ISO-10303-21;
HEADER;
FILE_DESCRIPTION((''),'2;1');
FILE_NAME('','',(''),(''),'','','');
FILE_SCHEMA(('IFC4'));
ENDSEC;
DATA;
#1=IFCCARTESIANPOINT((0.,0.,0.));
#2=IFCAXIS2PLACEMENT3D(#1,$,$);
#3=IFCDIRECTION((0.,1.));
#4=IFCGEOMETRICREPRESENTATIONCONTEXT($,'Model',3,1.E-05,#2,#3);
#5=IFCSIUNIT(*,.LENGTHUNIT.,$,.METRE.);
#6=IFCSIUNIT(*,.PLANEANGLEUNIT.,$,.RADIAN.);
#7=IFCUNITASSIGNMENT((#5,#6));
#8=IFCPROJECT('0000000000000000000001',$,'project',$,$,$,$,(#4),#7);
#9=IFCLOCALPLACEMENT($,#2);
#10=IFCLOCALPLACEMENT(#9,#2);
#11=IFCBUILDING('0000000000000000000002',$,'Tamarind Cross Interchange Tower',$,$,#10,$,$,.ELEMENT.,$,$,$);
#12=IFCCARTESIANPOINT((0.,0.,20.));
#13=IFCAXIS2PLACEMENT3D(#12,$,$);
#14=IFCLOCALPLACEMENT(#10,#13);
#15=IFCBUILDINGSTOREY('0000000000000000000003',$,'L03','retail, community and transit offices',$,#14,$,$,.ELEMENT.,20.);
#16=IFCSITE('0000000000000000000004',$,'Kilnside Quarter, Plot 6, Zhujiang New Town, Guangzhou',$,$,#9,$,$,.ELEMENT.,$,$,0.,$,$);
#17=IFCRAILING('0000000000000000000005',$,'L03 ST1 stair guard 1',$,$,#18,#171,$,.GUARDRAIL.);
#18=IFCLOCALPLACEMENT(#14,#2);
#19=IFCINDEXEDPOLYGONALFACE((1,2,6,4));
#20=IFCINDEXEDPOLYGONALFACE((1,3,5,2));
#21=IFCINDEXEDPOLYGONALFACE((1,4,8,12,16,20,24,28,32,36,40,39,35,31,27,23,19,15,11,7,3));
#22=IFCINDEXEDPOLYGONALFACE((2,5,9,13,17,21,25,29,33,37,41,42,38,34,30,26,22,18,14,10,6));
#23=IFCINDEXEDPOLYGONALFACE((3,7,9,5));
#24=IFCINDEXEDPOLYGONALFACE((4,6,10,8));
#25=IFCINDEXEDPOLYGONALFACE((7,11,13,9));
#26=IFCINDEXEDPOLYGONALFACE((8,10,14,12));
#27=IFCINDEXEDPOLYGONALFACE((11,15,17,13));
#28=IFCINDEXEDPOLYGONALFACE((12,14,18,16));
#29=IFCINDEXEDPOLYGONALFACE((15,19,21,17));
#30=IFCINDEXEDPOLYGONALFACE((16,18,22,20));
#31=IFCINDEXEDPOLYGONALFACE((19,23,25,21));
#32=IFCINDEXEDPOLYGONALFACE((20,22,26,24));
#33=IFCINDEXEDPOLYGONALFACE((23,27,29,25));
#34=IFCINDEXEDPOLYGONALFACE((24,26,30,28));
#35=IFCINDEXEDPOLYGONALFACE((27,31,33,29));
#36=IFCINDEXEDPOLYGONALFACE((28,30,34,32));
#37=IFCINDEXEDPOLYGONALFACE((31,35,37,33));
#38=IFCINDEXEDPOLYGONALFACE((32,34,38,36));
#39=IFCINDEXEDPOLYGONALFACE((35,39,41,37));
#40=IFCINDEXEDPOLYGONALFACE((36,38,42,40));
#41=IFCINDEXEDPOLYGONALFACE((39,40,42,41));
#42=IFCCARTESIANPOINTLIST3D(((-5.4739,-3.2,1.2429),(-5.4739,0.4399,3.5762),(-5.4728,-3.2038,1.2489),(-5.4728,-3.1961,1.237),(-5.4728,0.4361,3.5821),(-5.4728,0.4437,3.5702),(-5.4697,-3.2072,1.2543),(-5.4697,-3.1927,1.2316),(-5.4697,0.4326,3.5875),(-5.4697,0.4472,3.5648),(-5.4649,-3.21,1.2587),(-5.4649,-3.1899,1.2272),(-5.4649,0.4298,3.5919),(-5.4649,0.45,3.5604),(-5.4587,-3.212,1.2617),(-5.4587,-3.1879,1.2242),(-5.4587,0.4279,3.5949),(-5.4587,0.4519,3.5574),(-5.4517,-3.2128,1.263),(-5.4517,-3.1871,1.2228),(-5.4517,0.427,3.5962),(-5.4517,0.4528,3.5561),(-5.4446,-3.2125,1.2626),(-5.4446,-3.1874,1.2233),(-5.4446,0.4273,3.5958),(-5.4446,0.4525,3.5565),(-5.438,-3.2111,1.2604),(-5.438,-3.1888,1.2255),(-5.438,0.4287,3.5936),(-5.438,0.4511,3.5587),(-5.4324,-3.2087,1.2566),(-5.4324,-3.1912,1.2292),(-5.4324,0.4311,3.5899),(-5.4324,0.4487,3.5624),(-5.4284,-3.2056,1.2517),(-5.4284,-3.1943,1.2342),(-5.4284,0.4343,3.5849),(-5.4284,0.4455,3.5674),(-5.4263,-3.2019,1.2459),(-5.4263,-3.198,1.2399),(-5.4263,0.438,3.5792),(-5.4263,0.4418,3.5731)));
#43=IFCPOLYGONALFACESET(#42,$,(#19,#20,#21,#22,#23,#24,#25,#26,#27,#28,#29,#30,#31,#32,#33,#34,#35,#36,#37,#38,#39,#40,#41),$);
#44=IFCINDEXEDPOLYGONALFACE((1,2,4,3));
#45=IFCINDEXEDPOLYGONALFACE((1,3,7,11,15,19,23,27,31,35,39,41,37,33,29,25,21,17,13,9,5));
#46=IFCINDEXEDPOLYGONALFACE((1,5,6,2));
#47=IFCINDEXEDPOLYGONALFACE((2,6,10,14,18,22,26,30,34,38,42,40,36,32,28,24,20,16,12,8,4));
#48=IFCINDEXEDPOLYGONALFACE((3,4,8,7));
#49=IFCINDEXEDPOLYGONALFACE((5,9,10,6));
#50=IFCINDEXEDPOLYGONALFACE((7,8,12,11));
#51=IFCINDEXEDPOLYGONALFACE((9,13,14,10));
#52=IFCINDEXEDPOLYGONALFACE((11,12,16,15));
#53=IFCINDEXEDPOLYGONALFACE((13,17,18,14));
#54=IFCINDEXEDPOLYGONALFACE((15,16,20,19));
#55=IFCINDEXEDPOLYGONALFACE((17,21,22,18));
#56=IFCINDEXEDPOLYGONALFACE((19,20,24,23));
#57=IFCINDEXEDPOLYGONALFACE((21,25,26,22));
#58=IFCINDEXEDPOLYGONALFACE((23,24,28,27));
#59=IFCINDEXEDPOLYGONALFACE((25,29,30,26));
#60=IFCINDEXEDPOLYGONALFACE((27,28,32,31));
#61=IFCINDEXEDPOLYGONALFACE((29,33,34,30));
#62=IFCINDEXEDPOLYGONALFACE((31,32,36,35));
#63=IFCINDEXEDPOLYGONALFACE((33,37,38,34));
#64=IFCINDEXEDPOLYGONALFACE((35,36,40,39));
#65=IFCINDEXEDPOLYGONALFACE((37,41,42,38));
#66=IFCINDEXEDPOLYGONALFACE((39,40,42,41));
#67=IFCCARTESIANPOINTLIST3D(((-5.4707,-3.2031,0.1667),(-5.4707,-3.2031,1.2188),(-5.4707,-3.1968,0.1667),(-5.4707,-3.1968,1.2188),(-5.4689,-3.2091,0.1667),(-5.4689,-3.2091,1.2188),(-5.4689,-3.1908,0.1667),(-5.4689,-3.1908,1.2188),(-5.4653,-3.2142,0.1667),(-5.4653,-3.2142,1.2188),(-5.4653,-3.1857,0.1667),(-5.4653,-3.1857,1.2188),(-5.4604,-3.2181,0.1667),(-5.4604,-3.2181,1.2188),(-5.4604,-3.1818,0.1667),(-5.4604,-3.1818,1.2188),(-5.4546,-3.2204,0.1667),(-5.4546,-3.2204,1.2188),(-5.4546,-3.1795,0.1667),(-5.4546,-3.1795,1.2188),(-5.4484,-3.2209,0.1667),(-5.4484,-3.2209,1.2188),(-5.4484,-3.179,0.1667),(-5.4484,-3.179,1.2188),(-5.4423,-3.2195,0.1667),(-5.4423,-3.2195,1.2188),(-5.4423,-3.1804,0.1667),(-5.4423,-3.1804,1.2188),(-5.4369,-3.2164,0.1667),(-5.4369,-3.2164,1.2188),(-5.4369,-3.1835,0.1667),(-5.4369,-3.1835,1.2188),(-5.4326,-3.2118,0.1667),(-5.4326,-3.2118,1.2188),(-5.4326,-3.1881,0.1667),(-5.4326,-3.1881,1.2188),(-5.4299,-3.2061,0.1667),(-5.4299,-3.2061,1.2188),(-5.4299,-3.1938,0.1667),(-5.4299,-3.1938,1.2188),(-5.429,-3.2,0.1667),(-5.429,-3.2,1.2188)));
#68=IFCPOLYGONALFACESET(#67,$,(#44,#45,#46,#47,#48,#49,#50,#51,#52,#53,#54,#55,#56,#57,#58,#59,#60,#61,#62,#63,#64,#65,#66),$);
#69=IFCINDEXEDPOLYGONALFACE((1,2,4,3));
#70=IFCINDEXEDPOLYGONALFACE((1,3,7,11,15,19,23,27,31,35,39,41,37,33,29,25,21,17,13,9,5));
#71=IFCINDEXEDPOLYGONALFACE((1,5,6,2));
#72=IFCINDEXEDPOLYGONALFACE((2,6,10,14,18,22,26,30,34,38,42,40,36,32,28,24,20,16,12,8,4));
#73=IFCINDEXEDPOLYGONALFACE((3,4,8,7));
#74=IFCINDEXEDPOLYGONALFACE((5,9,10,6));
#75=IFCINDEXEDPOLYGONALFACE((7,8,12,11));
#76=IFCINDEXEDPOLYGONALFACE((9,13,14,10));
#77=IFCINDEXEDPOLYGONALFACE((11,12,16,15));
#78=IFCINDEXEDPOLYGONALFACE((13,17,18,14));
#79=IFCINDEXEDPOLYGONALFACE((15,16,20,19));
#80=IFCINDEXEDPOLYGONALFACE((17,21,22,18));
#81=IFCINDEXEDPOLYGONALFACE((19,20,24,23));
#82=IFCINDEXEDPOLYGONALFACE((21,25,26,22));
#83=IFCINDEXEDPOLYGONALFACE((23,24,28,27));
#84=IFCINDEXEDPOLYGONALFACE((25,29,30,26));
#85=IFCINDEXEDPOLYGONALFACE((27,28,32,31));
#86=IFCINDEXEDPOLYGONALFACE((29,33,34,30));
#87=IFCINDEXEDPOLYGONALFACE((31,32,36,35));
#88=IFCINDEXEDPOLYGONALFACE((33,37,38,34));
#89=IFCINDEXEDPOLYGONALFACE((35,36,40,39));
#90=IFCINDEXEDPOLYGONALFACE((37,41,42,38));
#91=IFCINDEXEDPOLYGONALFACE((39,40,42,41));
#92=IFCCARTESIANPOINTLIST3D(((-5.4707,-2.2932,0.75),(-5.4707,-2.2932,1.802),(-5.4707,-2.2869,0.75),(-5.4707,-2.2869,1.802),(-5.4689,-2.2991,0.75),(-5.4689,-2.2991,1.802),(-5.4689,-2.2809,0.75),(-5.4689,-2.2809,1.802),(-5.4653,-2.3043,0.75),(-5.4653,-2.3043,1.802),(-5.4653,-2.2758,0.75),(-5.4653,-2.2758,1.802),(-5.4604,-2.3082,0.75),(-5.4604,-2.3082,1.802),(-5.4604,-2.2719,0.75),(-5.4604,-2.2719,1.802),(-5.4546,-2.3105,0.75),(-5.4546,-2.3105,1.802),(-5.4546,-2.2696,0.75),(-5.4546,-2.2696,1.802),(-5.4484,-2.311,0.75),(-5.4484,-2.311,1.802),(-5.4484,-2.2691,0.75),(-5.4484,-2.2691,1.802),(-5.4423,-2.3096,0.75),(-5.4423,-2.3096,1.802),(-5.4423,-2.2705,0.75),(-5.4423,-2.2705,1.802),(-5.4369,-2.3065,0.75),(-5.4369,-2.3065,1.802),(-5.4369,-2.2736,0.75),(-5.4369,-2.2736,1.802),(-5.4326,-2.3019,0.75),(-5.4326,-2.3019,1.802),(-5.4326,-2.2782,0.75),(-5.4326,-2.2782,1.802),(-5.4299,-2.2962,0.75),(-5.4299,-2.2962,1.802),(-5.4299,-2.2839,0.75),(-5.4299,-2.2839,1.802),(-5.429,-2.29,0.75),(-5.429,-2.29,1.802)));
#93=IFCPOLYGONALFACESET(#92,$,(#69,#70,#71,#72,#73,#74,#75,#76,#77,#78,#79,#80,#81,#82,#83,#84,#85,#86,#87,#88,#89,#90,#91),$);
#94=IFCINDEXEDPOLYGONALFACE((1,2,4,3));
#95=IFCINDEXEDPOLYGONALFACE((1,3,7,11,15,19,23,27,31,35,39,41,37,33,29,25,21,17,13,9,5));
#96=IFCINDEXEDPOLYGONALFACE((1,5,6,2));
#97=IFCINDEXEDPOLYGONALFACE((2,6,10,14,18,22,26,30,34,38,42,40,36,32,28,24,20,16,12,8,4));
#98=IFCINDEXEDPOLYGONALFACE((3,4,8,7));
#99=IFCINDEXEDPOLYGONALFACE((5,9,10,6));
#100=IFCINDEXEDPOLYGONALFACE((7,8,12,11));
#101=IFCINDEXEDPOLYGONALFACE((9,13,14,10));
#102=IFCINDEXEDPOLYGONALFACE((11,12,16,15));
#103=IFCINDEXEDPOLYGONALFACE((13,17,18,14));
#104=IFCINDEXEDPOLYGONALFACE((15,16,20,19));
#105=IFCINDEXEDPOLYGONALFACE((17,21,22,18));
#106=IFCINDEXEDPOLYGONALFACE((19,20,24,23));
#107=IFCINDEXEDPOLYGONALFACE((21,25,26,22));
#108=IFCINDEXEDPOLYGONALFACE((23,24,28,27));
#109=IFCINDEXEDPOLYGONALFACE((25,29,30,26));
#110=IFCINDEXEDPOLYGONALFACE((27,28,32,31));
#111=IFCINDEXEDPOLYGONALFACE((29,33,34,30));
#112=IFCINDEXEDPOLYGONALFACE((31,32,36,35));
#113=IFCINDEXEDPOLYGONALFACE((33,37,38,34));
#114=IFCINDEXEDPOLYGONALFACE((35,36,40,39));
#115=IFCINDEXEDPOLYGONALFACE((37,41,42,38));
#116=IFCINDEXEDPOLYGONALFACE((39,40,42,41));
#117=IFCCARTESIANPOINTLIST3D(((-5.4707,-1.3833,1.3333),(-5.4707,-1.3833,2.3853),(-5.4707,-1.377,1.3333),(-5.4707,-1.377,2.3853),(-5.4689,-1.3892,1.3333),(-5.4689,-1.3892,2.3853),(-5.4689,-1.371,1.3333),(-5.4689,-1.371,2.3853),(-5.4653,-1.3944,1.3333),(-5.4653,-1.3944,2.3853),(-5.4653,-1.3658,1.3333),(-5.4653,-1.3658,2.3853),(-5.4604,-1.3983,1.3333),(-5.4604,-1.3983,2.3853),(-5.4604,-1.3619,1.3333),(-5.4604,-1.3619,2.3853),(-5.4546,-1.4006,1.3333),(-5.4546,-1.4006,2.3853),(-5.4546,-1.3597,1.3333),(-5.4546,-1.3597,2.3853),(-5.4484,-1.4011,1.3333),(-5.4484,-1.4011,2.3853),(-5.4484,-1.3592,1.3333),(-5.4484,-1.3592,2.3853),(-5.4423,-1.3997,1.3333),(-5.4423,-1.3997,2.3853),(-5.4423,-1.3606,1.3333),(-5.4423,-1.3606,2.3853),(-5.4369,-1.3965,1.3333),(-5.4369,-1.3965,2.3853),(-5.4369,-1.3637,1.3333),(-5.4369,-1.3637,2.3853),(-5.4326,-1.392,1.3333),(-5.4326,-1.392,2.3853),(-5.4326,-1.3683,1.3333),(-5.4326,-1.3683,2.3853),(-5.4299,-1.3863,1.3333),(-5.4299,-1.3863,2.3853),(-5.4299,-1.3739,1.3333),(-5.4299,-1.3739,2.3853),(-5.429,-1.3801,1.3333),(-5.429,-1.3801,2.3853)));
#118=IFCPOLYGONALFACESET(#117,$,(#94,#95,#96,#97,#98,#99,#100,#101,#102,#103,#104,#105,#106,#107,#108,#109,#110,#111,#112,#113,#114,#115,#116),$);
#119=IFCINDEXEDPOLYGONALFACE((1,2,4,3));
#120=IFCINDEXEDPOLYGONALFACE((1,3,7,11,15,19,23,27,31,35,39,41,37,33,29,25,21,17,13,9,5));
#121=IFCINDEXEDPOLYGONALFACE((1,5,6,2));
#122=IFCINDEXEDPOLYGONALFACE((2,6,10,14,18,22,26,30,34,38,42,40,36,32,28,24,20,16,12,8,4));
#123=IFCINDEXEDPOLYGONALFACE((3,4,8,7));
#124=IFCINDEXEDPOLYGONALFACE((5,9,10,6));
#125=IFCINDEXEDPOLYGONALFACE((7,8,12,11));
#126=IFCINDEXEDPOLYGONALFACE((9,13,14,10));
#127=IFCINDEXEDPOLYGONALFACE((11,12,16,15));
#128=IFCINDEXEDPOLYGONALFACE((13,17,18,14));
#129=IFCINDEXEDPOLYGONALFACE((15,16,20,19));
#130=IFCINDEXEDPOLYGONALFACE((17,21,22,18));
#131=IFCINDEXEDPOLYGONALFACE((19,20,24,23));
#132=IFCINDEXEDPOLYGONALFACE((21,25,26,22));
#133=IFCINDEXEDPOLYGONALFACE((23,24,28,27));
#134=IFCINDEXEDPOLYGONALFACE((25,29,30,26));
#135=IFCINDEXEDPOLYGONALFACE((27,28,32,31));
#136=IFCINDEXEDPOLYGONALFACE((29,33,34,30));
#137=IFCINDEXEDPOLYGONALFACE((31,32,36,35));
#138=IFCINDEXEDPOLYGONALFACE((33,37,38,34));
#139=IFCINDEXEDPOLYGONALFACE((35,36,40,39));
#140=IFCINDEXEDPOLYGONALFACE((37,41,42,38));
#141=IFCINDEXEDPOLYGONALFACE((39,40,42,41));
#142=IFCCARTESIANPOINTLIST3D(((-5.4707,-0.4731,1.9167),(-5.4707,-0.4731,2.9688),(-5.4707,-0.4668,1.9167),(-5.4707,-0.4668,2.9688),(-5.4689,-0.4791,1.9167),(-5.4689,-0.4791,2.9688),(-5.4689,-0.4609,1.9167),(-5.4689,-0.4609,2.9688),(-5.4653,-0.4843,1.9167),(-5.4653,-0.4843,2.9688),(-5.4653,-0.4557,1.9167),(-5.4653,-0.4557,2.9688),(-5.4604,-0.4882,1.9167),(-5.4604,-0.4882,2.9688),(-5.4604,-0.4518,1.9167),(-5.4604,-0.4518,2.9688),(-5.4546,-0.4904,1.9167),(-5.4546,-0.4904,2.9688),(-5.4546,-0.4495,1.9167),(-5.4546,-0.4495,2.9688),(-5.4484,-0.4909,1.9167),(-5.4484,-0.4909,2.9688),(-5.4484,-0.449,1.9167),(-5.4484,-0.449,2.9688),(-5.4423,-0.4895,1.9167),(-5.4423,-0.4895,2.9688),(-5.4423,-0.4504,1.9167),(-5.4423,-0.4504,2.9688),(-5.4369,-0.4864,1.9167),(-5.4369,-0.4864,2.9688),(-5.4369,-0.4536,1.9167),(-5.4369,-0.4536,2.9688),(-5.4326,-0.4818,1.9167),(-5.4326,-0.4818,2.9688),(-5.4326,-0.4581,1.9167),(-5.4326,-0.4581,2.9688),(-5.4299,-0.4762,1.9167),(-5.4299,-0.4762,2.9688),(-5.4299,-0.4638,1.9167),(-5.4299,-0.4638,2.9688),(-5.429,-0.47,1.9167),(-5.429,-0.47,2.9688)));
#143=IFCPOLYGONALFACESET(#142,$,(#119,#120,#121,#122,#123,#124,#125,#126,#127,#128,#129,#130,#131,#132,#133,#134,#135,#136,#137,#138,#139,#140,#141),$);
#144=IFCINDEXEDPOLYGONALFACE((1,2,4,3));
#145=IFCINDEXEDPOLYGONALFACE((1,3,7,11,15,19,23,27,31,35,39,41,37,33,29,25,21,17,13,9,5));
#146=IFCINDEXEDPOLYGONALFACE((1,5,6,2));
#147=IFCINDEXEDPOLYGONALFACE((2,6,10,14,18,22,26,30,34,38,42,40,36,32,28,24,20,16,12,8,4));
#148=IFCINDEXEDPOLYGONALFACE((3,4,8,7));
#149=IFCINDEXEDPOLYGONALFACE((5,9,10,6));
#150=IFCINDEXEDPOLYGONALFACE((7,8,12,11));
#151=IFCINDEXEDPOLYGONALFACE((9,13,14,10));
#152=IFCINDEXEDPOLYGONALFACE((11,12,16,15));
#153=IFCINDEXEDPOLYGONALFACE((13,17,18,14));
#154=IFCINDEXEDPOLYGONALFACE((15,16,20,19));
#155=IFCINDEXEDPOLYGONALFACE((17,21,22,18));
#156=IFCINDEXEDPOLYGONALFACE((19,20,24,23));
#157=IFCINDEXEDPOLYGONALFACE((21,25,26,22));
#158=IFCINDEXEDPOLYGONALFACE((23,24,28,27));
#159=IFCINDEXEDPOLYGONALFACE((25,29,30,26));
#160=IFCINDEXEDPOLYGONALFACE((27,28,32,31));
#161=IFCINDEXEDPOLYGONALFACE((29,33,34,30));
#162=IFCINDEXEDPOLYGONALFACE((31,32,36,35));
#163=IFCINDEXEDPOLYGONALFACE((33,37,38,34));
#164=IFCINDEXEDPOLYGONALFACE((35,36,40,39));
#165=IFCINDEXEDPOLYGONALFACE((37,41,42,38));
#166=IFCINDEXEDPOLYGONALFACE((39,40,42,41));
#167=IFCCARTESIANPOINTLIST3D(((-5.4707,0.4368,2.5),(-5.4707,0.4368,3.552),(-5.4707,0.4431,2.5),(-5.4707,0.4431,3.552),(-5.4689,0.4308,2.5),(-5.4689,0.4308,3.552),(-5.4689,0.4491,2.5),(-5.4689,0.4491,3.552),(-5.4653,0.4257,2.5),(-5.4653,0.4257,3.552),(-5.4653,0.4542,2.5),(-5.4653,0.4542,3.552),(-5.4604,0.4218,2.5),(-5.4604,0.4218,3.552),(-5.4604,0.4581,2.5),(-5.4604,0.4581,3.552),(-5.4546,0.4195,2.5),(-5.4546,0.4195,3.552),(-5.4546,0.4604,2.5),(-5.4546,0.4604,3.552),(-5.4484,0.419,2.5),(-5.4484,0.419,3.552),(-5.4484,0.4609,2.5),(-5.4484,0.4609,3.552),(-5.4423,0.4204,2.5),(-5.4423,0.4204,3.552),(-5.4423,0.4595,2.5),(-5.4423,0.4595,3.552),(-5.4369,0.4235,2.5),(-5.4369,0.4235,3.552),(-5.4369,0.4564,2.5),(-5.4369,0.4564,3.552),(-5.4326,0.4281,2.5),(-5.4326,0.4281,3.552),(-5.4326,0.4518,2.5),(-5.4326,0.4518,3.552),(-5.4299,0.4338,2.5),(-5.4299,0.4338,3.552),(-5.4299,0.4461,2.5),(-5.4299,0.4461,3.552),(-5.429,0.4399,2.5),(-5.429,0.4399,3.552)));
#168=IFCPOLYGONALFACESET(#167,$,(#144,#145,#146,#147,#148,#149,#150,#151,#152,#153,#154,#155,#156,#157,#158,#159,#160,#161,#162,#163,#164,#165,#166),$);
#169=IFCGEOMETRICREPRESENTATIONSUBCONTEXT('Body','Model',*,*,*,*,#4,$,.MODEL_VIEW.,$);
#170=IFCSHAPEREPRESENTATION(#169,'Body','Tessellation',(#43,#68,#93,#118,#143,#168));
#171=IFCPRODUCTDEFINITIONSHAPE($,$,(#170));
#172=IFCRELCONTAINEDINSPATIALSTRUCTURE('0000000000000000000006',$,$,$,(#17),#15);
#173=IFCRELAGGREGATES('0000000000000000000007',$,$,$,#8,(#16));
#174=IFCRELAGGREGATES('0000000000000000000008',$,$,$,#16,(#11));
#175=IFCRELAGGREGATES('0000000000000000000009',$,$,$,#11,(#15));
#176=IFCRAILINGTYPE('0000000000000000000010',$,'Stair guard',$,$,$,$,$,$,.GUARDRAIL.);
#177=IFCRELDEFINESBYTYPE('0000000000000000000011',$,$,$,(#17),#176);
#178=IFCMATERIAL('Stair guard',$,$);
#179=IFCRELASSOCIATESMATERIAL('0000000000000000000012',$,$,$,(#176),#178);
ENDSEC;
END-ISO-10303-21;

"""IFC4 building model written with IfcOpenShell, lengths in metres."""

from ifc_helpers import new_model, si_unit, direction, frame, origin, origin_2d, place, context, subcontext, project, spatial, circle, extrude, material, type_object, element, save


model = new_model("IFC4")

# Units and contexts
model_context = context("Model", 3, precision=1e-05, world=origin(), true_north=direction((0.0, 1.0)))
body_context = subcontext(model_context, "Body", "Model", "MODEL_VIEW")
ifc_project = project(units=[si_unit("LENGTHUNIT", "METRE"), si_unit("PLANEANGLEUNIT", "RADIAN")], contexts=[model_context])

# Site, building, storey
site_placement = place(None, origin())
site = spatial("IfcSite", under=ifc_project, at=site_placement, Name="Kilnside Quarter, Plot 6, Zhujiang New Town, Guangzhou", CompositionType="ELEMENT", RefElevation=0.0)
building_placement = place(site_placement, origin())
building = spatial("IfcBuilding", under=site, at=building_placement, Name="Tamarind Cross Interchange Tower", CompositionType="ELEMENT")
storey_placement = place(building_placement, frame((0.0, 0.0, 20.0)))
storey = spatial("IfcBuildingStorey", under=building, at=storey_placement, Name="L03", Description="retail, community and transit offices", CompositionType="ELEMENT", Elevation=20.0)

# Railing
ifc_material_1 = material(Name="Stair guard")
railing_type_1 = type_object("IfcRailingType", Name="Stair guard", PredefinedType="GUARDRAIL", material=ifc_material_1)
railing_1_placement = place(storey_placement, frame((-5.45, -3.2, 0.1667)))
element("IfcRailing", 1, at=railing_1_placement, inside=storey, type_object=railing_type_1, Name="L03 ST1 stair guard 1", PredefinedType="GUARDRAIL", context=body_context, shape_type="SweptSolid", body=[
    extrude(circle(Radius=0.0239, at=origin_2d()), frame((0.0, 0.0, 1.0762), z_axis=(0.0, 0.84188, 0.539664), x_axis=(-1.0, 0.0, 0.0)), (0.0, 0.0, 1.0), 4.3235),
    extrude(circle(Radius=0.021, at=origin_2d()), origin(), (0.0, 0.0, 1.0), 1.052),
    extrude(circle(Radius=0.021, at=origin_2d()), frame((0.0, 0.9099, 0.5833)), (0.0, 0.0, 1.0), 1.052),
    extrude(circle(Radius=0.021, at=origin_2d()), frame((0.0, 1.8198, 1.1665)), (0.0, 0.0, 1.0), 1.052),
    extrude(circle(Radius=0.021, at=origin_2d()), frame((0.0, 2.73, 1.75)), (0.0, 0.0, 1.0), 1.052),
    extrude(circle(Radius=0.021, at=origin_2d()), frame((0.0, 3.6399, 2.3333)), (0.0, 0.0, 1.0), 1.052),
])

save(model, "model.ifc")
